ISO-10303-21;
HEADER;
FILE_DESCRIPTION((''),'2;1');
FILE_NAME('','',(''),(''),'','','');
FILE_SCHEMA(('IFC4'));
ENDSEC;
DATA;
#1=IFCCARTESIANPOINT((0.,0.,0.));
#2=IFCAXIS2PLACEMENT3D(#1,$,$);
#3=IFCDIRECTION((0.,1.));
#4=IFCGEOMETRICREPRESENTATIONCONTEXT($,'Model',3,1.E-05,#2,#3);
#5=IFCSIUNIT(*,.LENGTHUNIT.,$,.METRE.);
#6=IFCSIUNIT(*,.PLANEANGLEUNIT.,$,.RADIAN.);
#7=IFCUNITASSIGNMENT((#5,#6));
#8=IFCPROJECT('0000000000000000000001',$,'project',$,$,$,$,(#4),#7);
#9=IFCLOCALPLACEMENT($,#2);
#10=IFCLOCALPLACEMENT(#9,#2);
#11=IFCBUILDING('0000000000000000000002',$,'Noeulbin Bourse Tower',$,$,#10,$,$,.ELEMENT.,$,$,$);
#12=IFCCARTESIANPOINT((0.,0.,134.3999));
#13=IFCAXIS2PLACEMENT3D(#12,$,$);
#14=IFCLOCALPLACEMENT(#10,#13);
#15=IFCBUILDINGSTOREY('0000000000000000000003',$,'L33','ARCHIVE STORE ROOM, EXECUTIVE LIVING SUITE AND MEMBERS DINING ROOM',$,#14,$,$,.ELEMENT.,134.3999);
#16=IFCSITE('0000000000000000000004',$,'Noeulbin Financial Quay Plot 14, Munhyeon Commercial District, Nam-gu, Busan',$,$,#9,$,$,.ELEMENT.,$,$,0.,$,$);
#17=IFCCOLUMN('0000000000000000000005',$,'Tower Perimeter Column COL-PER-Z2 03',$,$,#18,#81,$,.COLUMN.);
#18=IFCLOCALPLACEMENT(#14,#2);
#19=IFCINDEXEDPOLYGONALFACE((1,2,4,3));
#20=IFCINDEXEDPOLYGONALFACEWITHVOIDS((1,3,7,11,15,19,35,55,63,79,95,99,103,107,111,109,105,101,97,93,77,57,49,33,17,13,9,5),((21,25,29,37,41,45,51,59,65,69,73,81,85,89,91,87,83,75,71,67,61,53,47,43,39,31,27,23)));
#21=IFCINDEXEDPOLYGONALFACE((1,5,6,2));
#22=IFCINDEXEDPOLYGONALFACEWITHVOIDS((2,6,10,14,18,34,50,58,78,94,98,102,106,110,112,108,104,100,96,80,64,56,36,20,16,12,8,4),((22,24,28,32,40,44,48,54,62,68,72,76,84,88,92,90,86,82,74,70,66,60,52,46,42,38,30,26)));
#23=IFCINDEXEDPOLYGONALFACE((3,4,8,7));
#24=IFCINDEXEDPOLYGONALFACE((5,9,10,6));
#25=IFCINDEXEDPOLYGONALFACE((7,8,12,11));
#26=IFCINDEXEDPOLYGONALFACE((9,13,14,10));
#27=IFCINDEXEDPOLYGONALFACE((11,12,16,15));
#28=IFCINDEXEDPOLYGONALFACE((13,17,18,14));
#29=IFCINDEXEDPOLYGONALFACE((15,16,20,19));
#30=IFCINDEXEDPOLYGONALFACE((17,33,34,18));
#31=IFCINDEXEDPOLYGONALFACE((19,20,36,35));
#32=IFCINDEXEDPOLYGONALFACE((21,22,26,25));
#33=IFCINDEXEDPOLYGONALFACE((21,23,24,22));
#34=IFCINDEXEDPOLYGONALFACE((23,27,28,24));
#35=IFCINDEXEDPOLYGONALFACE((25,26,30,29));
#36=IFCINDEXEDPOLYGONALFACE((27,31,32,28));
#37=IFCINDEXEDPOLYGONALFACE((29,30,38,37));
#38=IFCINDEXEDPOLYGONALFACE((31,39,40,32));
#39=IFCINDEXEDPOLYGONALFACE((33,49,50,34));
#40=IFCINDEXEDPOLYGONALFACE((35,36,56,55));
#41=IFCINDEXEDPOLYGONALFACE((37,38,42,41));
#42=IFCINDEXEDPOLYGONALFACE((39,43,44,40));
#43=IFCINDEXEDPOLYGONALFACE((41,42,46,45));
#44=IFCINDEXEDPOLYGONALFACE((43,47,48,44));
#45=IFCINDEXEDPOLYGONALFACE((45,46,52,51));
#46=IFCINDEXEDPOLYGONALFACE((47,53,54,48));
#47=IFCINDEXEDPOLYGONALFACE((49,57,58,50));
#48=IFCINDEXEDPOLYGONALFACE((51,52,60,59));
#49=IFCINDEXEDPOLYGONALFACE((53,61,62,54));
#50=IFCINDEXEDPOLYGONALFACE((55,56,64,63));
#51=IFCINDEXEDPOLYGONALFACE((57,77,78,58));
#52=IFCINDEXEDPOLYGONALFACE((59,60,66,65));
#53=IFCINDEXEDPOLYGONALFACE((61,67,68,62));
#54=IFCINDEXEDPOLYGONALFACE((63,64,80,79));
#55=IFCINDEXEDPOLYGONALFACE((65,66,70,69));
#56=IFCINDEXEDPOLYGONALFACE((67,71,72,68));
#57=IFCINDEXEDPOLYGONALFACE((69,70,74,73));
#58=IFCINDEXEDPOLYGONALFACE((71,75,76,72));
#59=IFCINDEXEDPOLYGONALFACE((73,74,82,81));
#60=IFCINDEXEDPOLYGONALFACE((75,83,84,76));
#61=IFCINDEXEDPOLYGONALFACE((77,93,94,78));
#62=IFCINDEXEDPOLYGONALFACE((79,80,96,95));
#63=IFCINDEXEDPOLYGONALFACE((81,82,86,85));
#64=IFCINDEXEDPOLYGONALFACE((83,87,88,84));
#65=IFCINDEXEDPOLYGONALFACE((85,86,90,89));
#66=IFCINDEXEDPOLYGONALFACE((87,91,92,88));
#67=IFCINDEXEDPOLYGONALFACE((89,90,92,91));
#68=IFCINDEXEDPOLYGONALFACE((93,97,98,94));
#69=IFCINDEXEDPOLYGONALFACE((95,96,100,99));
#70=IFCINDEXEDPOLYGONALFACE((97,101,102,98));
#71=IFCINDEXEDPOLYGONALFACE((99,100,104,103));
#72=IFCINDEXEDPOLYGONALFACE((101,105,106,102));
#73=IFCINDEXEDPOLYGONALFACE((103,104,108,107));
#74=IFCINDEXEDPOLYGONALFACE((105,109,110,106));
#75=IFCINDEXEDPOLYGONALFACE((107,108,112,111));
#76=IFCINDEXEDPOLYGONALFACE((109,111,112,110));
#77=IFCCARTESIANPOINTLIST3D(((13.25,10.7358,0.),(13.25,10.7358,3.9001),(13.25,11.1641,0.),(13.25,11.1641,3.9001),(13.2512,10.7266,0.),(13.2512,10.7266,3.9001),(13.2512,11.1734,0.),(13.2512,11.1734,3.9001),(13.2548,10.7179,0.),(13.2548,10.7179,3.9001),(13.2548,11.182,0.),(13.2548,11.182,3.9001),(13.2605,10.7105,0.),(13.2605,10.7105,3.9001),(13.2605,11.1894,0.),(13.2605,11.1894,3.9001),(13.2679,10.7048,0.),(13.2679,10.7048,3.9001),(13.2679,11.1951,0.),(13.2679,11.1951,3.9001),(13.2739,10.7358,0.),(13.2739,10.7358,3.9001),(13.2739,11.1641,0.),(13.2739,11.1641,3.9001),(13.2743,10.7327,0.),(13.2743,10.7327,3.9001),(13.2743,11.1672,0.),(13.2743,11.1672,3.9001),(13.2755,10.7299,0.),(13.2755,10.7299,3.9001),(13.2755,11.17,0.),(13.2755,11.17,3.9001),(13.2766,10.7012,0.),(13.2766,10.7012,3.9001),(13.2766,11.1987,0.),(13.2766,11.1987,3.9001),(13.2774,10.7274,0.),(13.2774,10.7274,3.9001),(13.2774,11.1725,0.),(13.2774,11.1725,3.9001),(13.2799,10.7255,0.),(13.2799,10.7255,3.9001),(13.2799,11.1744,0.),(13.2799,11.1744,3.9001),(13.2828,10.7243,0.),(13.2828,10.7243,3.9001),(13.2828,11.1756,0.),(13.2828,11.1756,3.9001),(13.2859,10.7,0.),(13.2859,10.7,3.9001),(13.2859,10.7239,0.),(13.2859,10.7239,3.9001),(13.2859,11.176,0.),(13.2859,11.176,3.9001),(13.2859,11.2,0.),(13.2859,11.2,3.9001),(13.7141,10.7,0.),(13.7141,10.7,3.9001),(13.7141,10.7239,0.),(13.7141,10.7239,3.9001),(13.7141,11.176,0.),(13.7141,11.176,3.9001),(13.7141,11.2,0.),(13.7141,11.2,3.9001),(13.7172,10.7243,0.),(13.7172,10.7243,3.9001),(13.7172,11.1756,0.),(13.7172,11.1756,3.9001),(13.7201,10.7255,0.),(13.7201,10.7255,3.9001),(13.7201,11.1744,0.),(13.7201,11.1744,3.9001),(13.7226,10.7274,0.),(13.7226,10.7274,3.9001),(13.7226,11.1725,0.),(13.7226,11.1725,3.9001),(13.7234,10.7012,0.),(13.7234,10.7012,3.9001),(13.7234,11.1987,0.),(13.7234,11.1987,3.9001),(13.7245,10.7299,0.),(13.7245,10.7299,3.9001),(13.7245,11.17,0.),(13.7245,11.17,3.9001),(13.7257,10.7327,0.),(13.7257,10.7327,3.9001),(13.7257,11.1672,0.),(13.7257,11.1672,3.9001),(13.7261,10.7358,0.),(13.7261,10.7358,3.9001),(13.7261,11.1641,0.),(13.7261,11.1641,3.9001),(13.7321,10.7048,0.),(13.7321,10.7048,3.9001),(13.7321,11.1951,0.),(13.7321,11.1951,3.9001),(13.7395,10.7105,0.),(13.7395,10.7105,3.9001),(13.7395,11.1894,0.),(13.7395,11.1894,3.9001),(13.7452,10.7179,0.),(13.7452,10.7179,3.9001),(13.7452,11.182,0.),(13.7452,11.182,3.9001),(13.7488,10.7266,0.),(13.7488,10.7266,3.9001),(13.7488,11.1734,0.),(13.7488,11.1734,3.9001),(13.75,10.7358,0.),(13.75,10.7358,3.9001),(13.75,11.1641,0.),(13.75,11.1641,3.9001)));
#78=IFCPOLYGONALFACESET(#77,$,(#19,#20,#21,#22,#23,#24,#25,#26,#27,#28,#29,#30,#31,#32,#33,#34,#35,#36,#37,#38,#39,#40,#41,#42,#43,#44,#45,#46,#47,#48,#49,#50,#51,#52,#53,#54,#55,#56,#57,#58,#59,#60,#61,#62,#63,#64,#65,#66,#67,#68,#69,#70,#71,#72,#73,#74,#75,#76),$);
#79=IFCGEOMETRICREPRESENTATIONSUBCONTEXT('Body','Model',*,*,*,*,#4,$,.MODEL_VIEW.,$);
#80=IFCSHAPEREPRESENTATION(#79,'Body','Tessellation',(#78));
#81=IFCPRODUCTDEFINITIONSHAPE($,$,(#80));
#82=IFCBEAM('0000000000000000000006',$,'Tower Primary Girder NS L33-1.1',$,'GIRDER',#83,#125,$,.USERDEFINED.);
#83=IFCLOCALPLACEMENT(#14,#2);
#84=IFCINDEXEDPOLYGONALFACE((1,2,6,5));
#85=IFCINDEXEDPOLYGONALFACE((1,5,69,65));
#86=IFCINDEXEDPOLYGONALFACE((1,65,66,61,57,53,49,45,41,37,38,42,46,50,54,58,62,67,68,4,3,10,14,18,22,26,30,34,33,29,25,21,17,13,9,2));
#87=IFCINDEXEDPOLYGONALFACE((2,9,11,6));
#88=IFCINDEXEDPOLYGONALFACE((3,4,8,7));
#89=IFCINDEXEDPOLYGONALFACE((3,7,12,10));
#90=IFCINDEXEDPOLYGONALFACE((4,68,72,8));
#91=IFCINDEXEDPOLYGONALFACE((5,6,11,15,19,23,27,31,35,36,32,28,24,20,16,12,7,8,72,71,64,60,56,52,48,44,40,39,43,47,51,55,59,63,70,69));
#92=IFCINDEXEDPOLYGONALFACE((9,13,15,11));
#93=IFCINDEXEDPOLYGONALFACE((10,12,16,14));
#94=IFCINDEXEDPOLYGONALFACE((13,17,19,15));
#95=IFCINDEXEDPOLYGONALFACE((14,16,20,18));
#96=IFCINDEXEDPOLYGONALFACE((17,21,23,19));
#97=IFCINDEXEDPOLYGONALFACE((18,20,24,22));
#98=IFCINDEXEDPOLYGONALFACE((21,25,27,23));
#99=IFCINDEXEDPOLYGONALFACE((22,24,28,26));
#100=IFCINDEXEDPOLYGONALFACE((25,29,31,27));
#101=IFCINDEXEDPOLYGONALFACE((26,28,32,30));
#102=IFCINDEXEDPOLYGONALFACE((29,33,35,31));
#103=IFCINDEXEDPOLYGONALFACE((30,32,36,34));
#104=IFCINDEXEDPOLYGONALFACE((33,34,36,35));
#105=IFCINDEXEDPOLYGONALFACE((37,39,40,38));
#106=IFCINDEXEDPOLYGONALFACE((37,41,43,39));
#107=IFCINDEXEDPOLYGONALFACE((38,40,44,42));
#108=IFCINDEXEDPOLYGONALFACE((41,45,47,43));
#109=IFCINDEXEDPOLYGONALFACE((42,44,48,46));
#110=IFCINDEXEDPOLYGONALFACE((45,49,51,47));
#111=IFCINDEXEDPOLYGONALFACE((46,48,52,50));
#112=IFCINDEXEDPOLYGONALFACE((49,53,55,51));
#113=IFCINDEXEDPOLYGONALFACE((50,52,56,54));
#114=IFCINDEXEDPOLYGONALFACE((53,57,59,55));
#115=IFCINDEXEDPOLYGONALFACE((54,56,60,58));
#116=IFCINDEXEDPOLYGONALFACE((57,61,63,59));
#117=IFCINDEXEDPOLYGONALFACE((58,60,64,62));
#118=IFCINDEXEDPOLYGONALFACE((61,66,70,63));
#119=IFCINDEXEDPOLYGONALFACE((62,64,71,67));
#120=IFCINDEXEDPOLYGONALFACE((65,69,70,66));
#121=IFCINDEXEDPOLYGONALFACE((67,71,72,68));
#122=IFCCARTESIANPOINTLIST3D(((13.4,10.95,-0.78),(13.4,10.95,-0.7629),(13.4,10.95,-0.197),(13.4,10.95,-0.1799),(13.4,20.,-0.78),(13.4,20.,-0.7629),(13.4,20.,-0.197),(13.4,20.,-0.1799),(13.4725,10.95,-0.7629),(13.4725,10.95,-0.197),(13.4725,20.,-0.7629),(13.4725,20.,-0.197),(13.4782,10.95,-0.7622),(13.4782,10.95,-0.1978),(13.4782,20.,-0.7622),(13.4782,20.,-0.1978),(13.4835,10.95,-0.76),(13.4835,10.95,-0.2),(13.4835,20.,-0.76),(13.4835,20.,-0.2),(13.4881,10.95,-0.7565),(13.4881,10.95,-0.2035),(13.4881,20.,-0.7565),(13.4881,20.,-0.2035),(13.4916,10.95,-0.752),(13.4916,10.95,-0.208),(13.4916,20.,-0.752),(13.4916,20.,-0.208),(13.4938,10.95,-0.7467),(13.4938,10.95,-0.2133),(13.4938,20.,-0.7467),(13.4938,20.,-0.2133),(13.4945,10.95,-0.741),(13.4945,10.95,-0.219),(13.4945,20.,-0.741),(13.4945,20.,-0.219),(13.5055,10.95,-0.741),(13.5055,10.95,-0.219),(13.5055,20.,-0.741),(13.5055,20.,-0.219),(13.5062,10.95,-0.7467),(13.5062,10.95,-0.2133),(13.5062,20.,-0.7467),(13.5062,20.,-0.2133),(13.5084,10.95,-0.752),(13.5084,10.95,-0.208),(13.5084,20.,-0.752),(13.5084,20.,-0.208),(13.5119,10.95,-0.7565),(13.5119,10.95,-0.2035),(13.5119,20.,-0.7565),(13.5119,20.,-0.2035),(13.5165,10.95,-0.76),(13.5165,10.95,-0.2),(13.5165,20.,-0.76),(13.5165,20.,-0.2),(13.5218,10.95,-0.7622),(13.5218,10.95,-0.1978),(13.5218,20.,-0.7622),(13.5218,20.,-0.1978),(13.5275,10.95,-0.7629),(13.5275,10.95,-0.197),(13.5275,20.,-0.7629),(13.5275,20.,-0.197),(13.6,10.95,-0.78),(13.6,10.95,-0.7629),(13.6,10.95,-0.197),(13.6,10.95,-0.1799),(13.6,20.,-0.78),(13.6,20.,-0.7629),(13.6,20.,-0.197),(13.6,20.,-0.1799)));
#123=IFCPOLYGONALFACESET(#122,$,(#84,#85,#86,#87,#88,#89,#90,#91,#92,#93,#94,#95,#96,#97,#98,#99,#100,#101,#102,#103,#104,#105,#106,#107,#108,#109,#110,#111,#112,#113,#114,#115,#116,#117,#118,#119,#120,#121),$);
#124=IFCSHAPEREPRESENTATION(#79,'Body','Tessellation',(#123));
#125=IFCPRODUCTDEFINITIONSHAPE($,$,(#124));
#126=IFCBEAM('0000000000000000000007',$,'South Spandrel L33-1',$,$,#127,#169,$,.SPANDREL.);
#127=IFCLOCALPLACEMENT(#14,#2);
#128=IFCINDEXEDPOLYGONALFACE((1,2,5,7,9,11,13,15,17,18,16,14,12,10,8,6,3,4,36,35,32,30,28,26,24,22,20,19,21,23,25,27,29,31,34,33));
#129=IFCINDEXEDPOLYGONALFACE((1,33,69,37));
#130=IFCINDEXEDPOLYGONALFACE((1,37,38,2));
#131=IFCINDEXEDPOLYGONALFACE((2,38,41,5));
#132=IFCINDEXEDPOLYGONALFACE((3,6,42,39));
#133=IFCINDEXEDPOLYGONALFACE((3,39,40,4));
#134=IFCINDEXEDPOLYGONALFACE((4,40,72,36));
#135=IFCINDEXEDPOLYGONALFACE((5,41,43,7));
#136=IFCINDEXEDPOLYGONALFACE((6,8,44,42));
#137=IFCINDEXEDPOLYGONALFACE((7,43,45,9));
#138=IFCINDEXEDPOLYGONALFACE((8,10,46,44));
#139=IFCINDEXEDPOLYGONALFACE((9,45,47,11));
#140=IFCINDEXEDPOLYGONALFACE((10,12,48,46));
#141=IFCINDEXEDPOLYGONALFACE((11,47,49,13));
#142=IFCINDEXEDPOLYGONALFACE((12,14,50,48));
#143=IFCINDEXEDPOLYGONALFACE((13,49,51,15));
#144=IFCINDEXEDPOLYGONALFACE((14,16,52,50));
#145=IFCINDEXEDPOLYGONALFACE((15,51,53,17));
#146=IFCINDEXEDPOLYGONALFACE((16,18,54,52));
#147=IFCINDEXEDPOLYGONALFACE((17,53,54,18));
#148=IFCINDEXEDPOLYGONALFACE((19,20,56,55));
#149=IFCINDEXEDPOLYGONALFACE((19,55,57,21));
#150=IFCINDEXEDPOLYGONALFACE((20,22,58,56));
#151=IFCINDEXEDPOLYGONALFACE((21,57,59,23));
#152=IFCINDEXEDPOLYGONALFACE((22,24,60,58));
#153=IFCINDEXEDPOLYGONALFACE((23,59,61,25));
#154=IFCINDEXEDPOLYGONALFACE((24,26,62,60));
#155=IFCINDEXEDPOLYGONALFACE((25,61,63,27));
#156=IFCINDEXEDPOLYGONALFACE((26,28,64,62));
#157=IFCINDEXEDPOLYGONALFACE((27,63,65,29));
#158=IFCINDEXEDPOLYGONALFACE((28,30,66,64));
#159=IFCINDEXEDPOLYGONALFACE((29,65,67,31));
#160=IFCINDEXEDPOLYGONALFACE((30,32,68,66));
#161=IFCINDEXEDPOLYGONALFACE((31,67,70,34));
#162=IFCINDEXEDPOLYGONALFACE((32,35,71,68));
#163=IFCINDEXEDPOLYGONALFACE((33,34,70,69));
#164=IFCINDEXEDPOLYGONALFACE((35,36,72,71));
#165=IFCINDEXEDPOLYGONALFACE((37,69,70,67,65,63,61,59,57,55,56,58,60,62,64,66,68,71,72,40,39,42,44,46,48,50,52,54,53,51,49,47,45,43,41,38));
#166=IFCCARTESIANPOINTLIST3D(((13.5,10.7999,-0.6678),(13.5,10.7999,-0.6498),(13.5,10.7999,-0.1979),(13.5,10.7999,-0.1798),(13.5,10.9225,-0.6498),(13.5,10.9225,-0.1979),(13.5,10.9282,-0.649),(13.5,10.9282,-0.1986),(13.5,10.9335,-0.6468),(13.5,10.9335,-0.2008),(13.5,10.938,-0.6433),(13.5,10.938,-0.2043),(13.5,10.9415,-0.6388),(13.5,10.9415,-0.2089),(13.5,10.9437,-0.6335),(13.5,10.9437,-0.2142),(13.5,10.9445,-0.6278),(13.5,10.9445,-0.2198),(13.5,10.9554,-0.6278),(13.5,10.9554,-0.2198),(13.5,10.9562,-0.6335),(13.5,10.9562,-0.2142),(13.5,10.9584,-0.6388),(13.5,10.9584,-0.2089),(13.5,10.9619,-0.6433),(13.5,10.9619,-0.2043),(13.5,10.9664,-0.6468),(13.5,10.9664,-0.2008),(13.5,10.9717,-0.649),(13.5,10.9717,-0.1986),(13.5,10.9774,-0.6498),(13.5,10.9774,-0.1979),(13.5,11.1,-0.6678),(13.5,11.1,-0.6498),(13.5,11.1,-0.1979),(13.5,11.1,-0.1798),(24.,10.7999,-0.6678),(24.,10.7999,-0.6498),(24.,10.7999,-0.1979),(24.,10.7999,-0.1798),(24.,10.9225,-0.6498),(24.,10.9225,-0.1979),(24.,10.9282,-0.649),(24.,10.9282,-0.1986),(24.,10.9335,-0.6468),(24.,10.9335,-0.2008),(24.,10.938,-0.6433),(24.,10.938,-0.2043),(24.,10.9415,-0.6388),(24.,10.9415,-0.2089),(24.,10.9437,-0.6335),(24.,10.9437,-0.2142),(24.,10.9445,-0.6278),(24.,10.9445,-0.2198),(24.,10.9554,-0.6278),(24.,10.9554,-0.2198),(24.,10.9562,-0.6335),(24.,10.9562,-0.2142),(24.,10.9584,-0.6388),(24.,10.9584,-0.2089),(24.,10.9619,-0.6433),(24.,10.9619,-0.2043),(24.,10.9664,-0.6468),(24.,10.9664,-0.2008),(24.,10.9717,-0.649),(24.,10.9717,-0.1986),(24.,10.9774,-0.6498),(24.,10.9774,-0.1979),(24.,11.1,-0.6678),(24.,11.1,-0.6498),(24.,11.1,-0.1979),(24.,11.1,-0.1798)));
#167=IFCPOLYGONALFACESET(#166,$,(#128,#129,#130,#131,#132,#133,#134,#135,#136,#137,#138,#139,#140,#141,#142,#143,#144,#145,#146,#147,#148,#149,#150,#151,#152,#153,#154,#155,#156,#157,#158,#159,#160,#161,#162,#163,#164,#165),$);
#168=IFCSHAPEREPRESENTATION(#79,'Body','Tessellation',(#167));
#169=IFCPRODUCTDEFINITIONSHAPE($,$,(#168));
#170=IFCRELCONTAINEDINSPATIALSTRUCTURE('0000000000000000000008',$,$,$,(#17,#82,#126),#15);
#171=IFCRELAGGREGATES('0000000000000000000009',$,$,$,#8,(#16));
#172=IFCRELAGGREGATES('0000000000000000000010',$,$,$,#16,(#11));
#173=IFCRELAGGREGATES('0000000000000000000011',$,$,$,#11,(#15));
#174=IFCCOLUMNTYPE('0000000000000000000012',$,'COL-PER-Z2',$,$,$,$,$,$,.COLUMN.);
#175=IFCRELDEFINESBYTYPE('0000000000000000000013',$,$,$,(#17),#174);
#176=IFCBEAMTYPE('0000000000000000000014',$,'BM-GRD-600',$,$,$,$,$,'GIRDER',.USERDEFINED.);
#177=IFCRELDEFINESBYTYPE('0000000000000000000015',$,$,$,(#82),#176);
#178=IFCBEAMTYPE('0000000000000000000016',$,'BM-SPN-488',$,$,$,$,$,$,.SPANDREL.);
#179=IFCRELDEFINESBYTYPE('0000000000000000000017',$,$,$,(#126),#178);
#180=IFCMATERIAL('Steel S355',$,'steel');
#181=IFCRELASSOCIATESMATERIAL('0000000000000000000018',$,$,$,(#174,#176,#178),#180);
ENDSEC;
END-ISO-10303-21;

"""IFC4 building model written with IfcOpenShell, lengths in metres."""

from ifc_helpers import new_model, si_unit, direction, frame, origin, origin_2d, place, context, subcontext, project, spatial, hollow_rectangle, i_section, extrude, material, material_profile, profile_set, type_object, element, save


model = new_model("IFC4")

# Units and contexts
model_context = context("Model", 3, precision=1e-05, world=origin(), true_north=direction((0.0, 1.0)))
body_context = subcontext(model_context, "Body", "Model", "MODEL_VIEW")
ifc_project = project(units=[si_unit("LENGTHUNIT", "METRE"), si_unit("PLANEANGLEUNIT", "RADIAN")], contexts=[model_context])

# Site, building, storey
site_placement = place(None, origin())
site = spatial("IfcSite", under=ifc_project, at=site_placement, Name="Noeulbin Financial Quay Plot 14, Munhyeon Commercial District, Nam-gu, Busan", CompositionType="ELEMENT", RefElevation=0.0)
building_placement = place(site_placement, origin())
building = spatial("IfcBuilding", under=site, at=building_placement, Name="Noeulbin Bourse Tower", CompositionType="ELEMENT")
storey_placement = place(building_placement, frame((0.0, 0.0, 134.3999)))
storey = spatial("IfcBuildingStorey", under=building, at=storey_placement, Name="L33", Description="ARCHIVE STORE ROOM, EXECUTIVE LIVING SUITE AND MEMBERS DINING ROOM", CompositionType="ELEMENT", Elevation=134.3999)

# Column
ifc_material_1 = material(Name="Steel S355", Category="steel")
ifc_material_profile_1 = material_profile(ifc_material_1, hollow_rectangle(XDim=0.5, YDim=0.5, WallThickness=0.0239, InnerFilletRadius=0.012, OuterFilletRadius=0.0359, at=origin_2d()), Name="BOX-500x500x24", Category="LoadBearing")
ifc_profile_set_1 = profile_set([ifc_material_profile_1], Name="Steel S355")
column_type = type_object("IfcColumnType", Name="COL-PER-Z2", PredefinedType="COLUMN", material=ifc_profile_set_1)
column_placement = place(storey_placement, frame((13.5, 10.95, 0.0), z_axis=(0.0, 0.0, 1.0), x_axis=(1.0, 0.0, 0.0)))
element("IfcColumn", 1, at=column_placement, inside=storey, type_object=column_type, Name="Tower Perimeter Column COL-PER-Z2 03", PredefinedType="COLUMN", context=body_context, shape_type="SweptSolid", body=[
    extrude(hollow_rectangle(XDim=0.5, YDim=0.5, WallThickness=0.0239, InnerFilletRadius=0.012, OuterFilletRadius=0.0359, at=origin_2d()), origin(), (0.0, 0.0, 1.0), 3.9001),
])

# Beams
ifc_material_profile_2 = material_profile(ifc_material_1, i_section(OverallWidth=0.2, OverallDepth=0.6001, WebThickness=0.011, FlangeThickness=0.0171, FilletRadius=0.022, at=origin_2d()), Name="H-600x200x11x17", Category="LoadBearing")
ifc_profile_set_2 = profile_set([ifc_material_profile_2], Name="Steel S355")
beam_type_1 = type_object("IfcBeamType", Name="BM-GRD-600", ElementType="GIRDER", PredefinedType="USERDEFINED", material=ifc_profile_set_2)
beam_1_placement = place(storey_placement, frame((13.5, 10.95, -0.48), z_axis=(0.0, 1.0, 0.0), x_axis=(-1.0, 0.0, 0.0)))
element("IfcBeam", 2, at=beam_1_placement, inside=storey, type_object=beam_type_1, Name="Tower Primary Girder NS L33-1.1", ObjectType="GIRDER", PredefinedType="USERDEFINED", context=body_context, shape_type="SweptSolid", body=[
    extrude(i_section(OverallWidth=0.2, OverallDepth=0.6001, WebThickness=0.011, FlangeThickness=0.0171, FilletRadius=0.022, at=origin_2d()), origin(), (0.0, 0.0, 1.0), 9.05),
])
ifc_material_profile_3 = material_profile(ifc_material_1, i_section(OverallWidth=0.3, OverallDepth=0.488, WebThickness=0.011, FlangeThickness=0.0181, FilletRadius=0.022, at=origin_2d()), Name="H-488x300x11x18", Category="LoadBearing")
ifc_profile_set_3 = profile_set([ifc_material_profile_3], Name="Steel S355")
beam_type_2 = type_object("IfcBeamType", Name="BM-SPN-488", PredefinedType="SPANDREL", material=ifc_profile_set_3)
beam_2_placement = place(storey_placement, frame((13.5, 10.95, -0.4238), z_axis=(1.0, 0.0, 0.0), x_axis=(0.0, 1.0, 0.0)))
element("IfcBeam", 3, at=beam_2_placement, inside=storey, type_object=beam_type_2, Name="South Spandrel L33-1", PredefinedType="SPANDREL", context=body_context, shape_type="SweptSolid", body=[
    extrude(i_section(OverallWidth=0.3, OverallDepth=0.488, WebThickness=0.011, FlangeThickness=0.0181, FilletRadius=0.022, at=origin_2d()), origin(), (0.0, 0.0, 1.0), 10.5),
])

save(model, "model.ifc")
